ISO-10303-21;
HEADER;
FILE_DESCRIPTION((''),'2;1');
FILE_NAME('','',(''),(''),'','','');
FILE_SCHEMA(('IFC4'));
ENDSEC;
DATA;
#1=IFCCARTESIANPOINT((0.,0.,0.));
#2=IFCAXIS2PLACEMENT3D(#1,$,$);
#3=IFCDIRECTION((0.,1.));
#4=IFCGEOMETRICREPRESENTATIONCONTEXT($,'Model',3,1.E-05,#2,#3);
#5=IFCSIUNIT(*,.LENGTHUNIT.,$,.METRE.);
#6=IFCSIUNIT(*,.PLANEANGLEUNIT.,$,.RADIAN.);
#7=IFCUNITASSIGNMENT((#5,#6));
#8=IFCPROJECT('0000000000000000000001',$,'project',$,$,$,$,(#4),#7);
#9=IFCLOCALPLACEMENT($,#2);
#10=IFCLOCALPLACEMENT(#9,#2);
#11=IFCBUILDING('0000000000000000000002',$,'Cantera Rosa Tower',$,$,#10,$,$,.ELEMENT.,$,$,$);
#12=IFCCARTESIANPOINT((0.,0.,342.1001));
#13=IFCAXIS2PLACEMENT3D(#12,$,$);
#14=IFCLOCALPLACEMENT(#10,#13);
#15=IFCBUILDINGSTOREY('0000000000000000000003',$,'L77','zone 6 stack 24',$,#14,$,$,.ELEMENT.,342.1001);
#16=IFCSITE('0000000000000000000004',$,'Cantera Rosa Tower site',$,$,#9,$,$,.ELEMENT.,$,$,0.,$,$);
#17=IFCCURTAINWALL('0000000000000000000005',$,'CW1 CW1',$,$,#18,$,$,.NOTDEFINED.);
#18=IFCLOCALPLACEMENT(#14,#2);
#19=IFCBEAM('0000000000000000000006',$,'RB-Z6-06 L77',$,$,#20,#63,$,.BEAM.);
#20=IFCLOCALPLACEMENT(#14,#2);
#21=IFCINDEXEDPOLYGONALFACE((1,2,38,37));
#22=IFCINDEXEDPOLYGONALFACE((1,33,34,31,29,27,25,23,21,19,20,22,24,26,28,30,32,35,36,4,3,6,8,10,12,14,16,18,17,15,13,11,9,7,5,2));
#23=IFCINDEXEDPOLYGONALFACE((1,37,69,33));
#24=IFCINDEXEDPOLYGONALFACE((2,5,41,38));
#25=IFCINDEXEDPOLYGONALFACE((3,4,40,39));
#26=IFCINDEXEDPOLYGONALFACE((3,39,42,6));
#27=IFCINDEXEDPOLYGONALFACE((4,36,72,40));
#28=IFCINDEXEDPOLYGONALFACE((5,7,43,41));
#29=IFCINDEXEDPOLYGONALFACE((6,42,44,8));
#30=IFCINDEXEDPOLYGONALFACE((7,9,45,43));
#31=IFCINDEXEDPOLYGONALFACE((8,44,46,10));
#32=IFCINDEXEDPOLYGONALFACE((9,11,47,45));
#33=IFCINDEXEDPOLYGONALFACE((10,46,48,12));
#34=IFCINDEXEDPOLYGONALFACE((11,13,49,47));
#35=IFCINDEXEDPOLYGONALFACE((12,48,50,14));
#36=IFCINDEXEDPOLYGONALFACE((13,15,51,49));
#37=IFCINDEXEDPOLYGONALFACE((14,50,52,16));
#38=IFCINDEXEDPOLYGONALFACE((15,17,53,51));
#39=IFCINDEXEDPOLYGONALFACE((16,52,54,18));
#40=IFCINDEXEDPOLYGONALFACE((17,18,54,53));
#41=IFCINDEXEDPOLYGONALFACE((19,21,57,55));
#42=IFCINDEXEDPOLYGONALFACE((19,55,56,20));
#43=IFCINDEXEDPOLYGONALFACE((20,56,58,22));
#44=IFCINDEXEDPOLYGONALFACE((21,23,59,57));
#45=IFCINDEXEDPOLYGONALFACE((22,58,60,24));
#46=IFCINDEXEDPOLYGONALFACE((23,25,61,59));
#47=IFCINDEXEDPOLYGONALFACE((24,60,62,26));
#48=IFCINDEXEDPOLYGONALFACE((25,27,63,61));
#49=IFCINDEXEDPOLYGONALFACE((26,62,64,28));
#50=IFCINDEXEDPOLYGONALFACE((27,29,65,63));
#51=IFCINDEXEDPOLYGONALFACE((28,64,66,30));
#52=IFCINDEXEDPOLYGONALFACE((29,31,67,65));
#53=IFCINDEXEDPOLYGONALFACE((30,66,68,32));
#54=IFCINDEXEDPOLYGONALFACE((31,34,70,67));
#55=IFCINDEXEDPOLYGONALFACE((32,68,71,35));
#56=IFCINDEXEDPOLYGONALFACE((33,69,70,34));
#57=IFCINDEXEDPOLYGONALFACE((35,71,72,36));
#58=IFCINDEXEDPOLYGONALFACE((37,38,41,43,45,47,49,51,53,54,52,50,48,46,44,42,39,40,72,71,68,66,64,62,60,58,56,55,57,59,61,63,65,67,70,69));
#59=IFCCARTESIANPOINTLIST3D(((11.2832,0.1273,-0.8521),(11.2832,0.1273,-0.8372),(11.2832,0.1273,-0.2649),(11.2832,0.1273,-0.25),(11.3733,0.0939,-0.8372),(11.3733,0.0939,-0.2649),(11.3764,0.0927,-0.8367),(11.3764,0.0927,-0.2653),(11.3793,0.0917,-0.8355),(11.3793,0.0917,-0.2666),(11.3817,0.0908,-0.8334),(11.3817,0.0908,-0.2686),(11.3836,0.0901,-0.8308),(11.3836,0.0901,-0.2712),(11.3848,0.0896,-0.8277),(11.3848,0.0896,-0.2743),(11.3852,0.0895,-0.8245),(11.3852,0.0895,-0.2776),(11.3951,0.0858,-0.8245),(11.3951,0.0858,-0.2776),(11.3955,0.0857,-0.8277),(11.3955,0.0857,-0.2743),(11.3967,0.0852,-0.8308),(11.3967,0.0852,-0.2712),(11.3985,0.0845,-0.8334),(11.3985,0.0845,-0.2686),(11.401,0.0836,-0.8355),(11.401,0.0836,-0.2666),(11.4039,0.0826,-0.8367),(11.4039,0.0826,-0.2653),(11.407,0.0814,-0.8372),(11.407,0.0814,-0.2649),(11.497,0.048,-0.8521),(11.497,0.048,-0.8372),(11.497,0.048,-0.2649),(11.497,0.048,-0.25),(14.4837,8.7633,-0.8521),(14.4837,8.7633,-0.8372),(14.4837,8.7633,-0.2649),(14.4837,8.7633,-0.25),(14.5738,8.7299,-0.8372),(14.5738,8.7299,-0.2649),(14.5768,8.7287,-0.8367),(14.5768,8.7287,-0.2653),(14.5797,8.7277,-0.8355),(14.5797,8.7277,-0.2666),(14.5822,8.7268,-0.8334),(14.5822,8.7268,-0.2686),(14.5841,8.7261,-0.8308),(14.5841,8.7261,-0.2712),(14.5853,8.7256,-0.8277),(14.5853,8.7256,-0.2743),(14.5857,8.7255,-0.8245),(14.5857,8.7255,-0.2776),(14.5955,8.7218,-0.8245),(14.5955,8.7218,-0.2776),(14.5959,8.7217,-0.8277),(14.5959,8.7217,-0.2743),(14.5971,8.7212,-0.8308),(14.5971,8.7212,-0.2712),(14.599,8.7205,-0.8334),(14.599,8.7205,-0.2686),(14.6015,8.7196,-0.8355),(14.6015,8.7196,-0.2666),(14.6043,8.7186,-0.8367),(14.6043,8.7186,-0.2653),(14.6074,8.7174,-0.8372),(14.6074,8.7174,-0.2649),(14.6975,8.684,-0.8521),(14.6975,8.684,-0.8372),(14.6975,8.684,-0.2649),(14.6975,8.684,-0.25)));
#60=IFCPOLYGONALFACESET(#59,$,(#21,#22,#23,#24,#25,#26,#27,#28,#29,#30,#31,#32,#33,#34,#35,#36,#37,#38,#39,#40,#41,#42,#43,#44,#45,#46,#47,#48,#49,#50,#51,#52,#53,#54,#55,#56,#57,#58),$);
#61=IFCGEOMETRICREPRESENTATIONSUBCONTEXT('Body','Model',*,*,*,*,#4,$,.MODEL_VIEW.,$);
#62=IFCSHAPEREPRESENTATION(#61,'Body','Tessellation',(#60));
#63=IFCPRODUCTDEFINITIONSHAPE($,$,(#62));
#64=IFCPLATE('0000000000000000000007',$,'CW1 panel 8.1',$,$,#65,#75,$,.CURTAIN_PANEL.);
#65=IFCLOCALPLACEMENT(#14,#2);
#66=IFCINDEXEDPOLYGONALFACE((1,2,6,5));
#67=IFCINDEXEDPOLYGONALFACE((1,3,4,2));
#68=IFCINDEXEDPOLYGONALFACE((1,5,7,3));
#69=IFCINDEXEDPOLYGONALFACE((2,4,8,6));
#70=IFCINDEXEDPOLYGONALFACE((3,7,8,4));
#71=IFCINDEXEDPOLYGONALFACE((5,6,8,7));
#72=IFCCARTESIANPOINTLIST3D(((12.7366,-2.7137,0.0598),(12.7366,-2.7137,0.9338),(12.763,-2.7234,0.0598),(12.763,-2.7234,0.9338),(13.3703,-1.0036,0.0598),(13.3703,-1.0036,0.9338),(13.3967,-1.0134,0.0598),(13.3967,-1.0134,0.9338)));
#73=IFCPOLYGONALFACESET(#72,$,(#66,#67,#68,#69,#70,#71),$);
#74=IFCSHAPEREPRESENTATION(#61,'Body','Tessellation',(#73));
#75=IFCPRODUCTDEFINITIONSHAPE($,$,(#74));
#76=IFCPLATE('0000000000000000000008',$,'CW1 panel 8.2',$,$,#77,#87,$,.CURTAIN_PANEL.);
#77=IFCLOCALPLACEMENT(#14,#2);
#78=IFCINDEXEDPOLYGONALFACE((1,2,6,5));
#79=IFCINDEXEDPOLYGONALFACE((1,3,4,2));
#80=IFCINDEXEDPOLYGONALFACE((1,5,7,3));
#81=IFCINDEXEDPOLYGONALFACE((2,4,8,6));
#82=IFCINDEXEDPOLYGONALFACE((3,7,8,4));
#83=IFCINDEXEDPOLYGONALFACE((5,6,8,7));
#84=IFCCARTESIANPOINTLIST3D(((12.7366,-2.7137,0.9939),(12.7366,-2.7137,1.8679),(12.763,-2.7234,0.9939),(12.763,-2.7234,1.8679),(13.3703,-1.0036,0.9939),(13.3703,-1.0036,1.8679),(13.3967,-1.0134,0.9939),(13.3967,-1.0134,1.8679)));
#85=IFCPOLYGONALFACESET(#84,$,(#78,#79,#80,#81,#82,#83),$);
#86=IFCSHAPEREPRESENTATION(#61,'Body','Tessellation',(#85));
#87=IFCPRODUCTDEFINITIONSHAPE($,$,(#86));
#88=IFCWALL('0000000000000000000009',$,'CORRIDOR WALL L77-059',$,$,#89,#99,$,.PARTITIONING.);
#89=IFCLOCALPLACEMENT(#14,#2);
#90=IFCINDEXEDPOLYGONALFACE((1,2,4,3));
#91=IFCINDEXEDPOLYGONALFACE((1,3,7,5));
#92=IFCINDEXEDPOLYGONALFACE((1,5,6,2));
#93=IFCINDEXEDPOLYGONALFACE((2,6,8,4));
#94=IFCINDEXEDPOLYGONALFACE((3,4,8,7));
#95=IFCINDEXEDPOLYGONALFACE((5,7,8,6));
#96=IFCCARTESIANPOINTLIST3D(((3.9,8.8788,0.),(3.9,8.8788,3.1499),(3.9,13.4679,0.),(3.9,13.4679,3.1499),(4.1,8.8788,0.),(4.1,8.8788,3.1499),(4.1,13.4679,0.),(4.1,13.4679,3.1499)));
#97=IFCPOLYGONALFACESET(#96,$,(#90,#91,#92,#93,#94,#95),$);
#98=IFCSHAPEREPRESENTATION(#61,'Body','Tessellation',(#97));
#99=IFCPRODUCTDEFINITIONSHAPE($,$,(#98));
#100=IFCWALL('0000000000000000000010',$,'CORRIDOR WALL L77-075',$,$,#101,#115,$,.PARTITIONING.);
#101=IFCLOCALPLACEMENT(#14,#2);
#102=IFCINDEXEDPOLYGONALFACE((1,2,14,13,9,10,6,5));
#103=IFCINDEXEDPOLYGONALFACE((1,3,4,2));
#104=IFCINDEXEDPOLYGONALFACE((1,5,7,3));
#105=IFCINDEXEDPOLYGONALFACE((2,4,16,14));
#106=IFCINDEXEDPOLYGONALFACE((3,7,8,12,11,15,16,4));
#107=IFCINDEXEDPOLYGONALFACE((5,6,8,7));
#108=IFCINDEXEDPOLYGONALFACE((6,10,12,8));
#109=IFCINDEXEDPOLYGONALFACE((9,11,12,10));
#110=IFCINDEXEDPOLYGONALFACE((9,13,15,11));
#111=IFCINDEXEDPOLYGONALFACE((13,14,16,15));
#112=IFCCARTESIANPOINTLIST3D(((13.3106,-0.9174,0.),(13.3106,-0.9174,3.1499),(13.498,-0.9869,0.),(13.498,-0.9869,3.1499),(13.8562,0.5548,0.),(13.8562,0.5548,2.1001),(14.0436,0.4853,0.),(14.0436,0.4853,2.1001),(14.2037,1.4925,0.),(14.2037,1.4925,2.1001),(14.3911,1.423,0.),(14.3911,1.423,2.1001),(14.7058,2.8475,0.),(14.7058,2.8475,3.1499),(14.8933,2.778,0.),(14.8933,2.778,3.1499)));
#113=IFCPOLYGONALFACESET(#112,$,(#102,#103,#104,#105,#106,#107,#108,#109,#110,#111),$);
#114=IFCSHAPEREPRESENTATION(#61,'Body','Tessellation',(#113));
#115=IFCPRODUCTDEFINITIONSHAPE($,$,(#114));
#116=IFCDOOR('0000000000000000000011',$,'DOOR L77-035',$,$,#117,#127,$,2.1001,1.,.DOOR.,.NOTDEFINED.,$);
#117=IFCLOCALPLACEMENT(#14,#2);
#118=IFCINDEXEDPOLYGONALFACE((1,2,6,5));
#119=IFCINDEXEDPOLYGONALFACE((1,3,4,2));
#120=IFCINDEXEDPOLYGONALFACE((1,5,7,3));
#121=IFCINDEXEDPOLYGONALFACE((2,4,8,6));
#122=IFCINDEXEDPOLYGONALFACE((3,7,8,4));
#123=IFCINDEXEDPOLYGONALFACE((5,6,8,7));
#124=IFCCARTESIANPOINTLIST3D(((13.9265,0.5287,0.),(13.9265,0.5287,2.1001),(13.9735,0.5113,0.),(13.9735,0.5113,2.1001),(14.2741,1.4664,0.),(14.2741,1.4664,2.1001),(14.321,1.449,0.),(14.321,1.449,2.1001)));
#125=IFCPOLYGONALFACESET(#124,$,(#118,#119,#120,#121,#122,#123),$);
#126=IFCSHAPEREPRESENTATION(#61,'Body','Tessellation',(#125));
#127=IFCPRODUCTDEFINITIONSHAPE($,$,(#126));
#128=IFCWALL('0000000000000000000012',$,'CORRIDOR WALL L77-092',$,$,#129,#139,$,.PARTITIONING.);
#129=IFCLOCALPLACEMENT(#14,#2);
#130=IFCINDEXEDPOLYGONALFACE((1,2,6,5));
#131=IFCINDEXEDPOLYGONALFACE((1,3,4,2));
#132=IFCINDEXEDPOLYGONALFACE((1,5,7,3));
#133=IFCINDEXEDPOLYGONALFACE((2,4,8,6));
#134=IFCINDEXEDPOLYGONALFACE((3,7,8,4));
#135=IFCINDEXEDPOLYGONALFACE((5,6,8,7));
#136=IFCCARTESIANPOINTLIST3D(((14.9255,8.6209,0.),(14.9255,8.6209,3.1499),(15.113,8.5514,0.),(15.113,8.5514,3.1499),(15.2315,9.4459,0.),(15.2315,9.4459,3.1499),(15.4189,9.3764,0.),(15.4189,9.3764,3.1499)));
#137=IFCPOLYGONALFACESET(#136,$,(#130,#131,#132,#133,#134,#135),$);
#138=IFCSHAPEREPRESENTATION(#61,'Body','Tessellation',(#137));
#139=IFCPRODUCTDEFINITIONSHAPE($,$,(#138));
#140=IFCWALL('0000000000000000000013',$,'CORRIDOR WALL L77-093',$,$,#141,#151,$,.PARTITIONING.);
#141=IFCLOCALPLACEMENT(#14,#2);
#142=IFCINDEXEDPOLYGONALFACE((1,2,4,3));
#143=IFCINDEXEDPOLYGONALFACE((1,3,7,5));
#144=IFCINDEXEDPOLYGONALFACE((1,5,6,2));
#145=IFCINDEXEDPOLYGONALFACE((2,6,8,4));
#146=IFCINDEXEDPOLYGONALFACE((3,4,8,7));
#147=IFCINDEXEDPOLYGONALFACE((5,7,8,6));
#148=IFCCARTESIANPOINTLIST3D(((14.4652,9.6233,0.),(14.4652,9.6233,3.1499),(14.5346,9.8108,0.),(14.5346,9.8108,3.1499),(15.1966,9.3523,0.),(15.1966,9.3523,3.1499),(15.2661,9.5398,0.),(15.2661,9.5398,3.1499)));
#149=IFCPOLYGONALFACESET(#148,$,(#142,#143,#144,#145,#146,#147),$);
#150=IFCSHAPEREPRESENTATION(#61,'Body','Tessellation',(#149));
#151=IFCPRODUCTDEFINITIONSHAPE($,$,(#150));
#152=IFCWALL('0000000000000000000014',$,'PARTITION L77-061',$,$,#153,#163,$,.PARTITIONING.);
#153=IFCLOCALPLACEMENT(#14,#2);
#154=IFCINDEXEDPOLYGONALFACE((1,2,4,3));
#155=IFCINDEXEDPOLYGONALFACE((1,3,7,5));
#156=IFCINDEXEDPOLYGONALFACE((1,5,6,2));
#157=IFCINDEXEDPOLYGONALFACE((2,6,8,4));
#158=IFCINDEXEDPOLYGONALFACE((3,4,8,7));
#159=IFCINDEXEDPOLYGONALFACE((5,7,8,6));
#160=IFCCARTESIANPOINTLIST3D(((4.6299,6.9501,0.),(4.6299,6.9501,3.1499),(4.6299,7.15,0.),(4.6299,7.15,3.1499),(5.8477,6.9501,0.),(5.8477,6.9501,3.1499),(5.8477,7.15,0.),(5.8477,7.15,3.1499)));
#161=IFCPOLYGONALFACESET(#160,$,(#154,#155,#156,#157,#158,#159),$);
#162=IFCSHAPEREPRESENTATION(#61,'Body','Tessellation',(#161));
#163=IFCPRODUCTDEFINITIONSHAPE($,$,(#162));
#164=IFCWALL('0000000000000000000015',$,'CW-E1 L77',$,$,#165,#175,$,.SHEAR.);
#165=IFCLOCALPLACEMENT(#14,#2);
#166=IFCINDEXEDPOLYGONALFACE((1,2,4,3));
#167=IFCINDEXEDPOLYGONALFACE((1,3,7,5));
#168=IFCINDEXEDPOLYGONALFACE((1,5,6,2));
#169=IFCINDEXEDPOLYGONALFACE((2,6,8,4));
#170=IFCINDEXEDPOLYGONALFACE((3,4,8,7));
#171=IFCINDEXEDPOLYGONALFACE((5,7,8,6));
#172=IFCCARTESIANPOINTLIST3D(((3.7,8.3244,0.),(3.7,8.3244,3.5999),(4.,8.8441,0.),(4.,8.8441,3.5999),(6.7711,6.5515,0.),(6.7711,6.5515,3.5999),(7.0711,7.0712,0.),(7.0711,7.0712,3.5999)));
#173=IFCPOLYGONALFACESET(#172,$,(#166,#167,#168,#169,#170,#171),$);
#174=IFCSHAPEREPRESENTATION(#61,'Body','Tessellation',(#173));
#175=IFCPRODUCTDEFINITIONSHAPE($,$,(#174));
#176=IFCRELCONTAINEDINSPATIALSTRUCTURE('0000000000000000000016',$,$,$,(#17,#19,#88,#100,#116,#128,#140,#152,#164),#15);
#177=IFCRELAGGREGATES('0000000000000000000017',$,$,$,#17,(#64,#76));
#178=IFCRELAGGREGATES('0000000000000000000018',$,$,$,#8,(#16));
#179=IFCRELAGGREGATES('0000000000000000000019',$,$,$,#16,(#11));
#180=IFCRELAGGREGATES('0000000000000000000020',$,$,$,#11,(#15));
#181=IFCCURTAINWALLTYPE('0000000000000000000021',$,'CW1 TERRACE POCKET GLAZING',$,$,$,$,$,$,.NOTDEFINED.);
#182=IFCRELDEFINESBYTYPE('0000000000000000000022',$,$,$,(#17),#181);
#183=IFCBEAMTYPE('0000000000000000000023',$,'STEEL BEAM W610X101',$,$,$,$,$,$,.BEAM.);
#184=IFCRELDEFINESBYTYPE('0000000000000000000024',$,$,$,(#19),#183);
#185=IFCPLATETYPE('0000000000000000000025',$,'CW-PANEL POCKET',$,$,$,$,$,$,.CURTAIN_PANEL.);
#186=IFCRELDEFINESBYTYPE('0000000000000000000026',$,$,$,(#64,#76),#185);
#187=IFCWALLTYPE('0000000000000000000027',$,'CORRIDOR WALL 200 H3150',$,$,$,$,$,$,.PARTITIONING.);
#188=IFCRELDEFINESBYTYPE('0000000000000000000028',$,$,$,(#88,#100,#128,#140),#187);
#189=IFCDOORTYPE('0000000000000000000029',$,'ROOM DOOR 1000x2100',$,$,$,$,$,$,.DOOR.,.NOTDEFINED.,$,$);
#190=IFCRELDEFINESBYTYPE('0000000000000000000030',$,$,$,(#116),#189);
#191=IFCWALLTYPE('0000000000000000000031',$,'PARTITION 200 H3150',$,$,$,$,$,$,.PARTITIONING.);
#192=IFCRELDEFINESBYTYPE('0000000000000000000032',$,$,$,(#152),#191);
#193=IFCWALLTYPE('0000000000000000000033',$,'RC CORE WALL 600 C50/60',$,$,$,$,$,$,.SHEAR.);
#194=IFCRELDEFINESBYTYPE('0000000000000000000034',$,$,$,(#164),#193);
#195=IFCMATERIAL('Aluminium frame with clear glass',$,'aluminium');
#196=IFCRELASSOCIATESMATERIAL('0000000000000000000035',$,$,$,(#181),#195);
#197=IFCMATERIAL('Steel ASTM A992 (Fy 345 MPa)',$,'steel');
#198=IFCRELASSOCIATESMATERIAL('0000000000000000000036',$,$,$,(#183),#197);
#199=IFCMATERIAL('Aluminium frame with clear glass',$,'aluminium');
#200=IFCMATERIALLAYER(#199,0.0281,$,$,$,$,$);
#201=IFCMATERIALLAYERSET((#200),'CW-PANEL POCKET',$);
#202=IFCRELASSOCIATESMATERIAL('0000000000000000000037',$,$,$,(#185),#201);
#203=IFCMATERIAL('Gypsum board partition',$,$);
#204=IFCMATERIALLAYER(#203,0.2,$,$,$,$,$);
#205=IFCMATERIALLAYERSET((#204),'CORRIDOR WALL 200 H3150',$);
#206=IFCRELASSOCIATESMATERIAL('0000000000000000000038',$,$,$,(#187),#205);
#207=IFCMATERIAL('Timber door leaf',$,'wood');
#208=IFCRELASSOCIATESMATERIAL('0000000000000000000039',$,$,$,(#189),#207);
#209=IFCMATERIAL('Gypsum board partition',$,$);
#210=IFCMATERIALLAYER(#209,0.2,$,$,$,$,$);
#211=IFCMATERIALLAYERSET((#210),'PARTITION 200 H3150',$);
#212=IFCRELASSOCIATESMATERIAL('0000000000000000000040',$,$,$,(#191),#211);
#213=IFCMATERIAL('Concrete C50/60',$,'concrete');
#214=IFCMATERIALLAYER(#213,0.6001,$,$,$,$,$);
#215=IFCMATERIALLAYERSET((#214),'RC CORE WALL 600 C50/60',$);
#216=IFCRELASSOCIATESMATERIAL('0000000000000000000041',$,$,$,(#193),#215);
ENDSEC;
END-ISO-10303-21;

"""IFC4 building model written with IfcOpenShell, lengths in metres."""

from ifc_helpers import new_model, si_unit, direction, frame, frame_2d, origin, origin_2d, place, context, subcontext, project, spatial, rectangle, i_section, extrude, material, layer, layer_set, material_profile, profile_set, type_object, element, fill, aggregate, save


model = new_model("IFC4")

# Units and contexts
model_context = context("Model", 3, precision=1e-05, world=origin(), true_north=direction((0.0, 1.0)))
body_context = subcontext(model_context, "Body", "Model", "MODEL_VIEW")
ifc_project = project(units=[si_unit("LENGTHUNIT", "METRE"), si_unit("PLANEANGLEUNIT", "RADIAN")], contexts=[model_context])

# Site, building, storey
site_placement = place(None, origin())
site = spatial("IfcSite", under=ifc_project, at=site_placement, Name="Cantera Rosa Tower site", CompositionType="ELEMENT", RefElevation=0.0)
building_placement = place(site_placement, origin())
building = spatial("IfcBuilding", under=site, at=building_placement, Name="Cantera Rosa Tower", CompositionType="ELEMENT")
storey_placement = place(building_placement, frame((0.0, 0.0, 342.1001)))
storey = spatial("IfcBuildingStorey", under=building, at=storey_placement, Name="L77", Description="zone 6 stack 24", CompositionType="ELEMENT", Elevation=342.1001)

# Curtain wall
ifc_material_1 = material(Name="Aluminium frame with clear glass", Category="aluminium")
curtain_wall_type = type_object("IfcCurtainWallType", Name="CW1 TERRACE POCKET GLAZING", PredefinedType="NOTDEFINED", material=ifc_material_1)
curtain_wall_placement = place(storey_placement, origin())
curtain_wall = element("IfcCurtainWall", 1, at=curtain_wall_placement, inside=storey, type_object=curtain_wall_type, Name="CW1 CW1", PredefinedType="NOTDEFINED")

# Beam
ifc_material_2 = material(Name="Steel ASTM A992 (Fy 345 MPa)", Category="steel")
ifc_material_profile_1 = material_profile(ifc_material_2, i_section(OverallWidth=0.228, OverallDepth=0.6021, WebThickness=0.0105, FlangeThickness=0.0149, FilletRadius=0.0127, at=origin_2d()), Name="W610X101")
ifc_profile_set_1 = profile_set([ifc_material_profile_1], Name="Steel ASTM A992 (Fy 345 MPa)")
beam_type_1 = type_object("IfcBeamType", Name="STEEL BEAM W610X101", PredefinedType="BEAM", material=ifc_profile_set_1)
beam_1_placement = place(storey_placement, frame((11.3901, 0.0876, -0.551), z_axis=(0.347498, 0.937681, 0.0), x_axis=(-0.937681, 0.347498, 0.0)))
element("IfcBeam", 2, at=beam_1_placement, inside=storey, type_object=beam_type_1, Name="RB-Z6-06 L77", PredefinedType="BEAM", context=body_context, shape_type="SweptSolid", body=[
    extrude(i_section(OverallWidth=0.228, OverallDepth=0.6021, WebThickness=0.0105, FlangeThickness=0.0149, FilletRadius=0.0127, at=origin_2d()), origin(), (0.0, 0.0, 1.0), 9.21),
])

# Plates
ifc_material_3 = material(Name="Aluminium frame with clear glass", Category="aluminium")
ifc_layer_1 = layer(ifc_material_3, 0.0281)
ifc_layer_set_1 = layer_set([ifc_layer_1], Name="CW-PANEL POCKET")
plate_type = type_object("IfcPlateType", Name="CW-PANEL POCKET", PredefinedType="CURTAIN_PANEL", material=ifc_layer_set_1)
plate_1_placement = place(storey_placement, frame((13.0667, -1.8635, 0.0598), z_axis=(0.0, 0.0, 1.0), x_axis=(0.347481, 0.937687, 0.0)))
plate_1 = element("IfcPlate", 3, at=plate_1_placement, type_object=plate_type, Name="CW1 panel 8.1", PredefinedType="CURTAIN_PANEL", context=body_context, shape_type="SweptSolid", body=[
    extrude(rectangle(XDim=1.8237, YDim=0.0281, at=origin_2d()), origin(), (0.0, 0.0, 1.0), 0.874),
])
plate_2_placement = place(storey_placement, frame((13.0667, -1.8635, 0.9939), z_axis=(0.0, 0.0, 1.0), x_axis=(0.347481, 0.937687, 0.0)))
plate_2 = element("IfcPlate", 4, at=plate_2_placement, type_object=plate_type, Name="CW1 panel 8.2", PredefinedType="CURTAIN_PANEL", context=body_context, shape_type="SweptSolid", body=[
    extrude(rectangle(XDim=1.8237, YDim=0.0281, at=origin_2d()), origin(), (0.0, 0.0, 1.0), 0.874),
])
aggregate(curtain_wall, [plate_1, plate_2])

# Wall
ifc_material_4 = material(Name="Gypsum board partition")
ifc_layer_2 = layer(ifc_material_4, 0.2)
ifc_layer_set_2 = layer_set([ifc_layer_2], Name="CORRIDOR WALL 200 H3150")
wall_type_1 = type_object("IfcWallType", Name="CORRIDOR WALL 200 H3150", PredefinedType="PARTITIONING", material=ifc_layer_set_2)
wall_1_placement = place(storey_placement, frame((4.0, 8.8789, 0.0), z_axis=(0.0, 0.0, 1.0), x_axis=(0.0, 1.0, 0.0)))
element("IfcWall", 5, at=wall_1_placement, inside=storey, type_object=wall_type_1, Name="CORRIDOR WALL L77-059", PredefinedType="PARTITIONING", context=body_context, shape_type="SweptSolid", body=[
    extrude(rectangle(XDim=4.5891, YDim=0.2, at=frame_2d((2.2944, 0.0))), origin(), (0.0, 0.0, 1.0), 3.1499),
])

# Wall, opening, door
wall_2_placement = place(storey_placement, frame((13.4043, -0.9521, 0.0), z_axis=(0.0, 0.0, 1.0), x_axis=(0.347502, 0.937679, 0.0)))
wall_2 = element("IfcWall", 6, at=wall_2_placement, inside=storey, type_object=wall_type_1, Name="CORRIDOR WALL L77-075", PredefinedType="PARTITIONING", context=body_context, shape_type="SweptSolid", body=[
    extrude(rectangle(XDim=4.0151, YDim=0.2, at=frame_2d((2.0076, 0.0))), origin(), (0.0, 0.0, 1.0), 3.1499),
])
opening_placement = place(wall_2_placement, frame((1.5701, 0.0, 0.0)))
opening = element("IfcOpeningElement", 7, at=opening_placement, cuts=wall_2, PredefinedType="OPENING", context=body_context, shape_type="SweptSolid", body=[
    extrude(rectangle(XDim=1.0, YDim=2.1001, at=frame_2d((0.5, 1.05))), frame((0.0, 0.1099, 0.0), z_axis=(0.0, -1.0, 0.0), x_axis=(1.0, 0.0, 0.0)), (0.0, 0.0, 1.0), 0.22),
])
ifc_material_5 = material(Name="Timber door leaf", Category="wood")
door_type = type_object("IfcDoorType", Name="ROOM DOOR 1000x2100", OperationType="NOTDEFINED", PredefinedType="DOOR", material=ifc_material_5)
door_placement = place(opening_placement, origin())
door = element("IfcDoor", 8, at=door_placement, inside=storey, type_object=door_type, Name="DOOR L77-035", OperationType="NOTDEFINED", OverallHeight=2.1001, OverallWidth=1.0, PredefinedType="DOOR", context=body_context, shape_type="SweptSolid", body=[
    extrude(rectangle(XDim=1.0, YDim=2.1001, at=frame_2d((0.5, 1.05))), frame((0.0, 0.0249, 0.0), z_axis=(0.0, -1.0, 0.0), x_axis=(1.0, 0.0, 0.0)), (0.0, 0.0, 1.0), 0.05),
])
fill(opening, door)

# Walls
wall_3_placement = place(storey_placement, frame((15.0193, 8.5862, 0.0), z_axis=(0.0, 0.0, 1.0), x_axis=(0.347685, 0.937611, 0.0)))
element("IfcWall", 9, at=wall_3_placement, inside=storey, type_object=wall_type_1, Name="CORRIDOR WALL L77-092", PredefinedType="PARTITIONING", context=body_context, shape_type="SweptSolid", body=[
    extrude(rectangle(XDim=0.8799, YDim=0.2, at=frame_2d((0.4399, 0.0))), origin(), (0.0, 0.0, 1.0), 3.1499),
])
wall_4_placement = place(storey_placement, frame((15.2314, 9.446, 0.0), z_axis=(0.0, 0.0, 1.0), x_axis=(-0.937711, 0.347416, 0.0)))
element("IfcWall", 10, at=wall_4_placement, inside=storey, type_object=wall_type_1, Name="CORRIDOR WALL L77-093", PredefinedType="PARTITIONING", context=body_context, shape_type="SweptSolid", body=[
    extrude(rectangle(XDim=0.78, YDim=0.2, at=frame_2d((0.3901, 0.0))), origin(), (0.0, 0.0, 1.0), 3.1499),
])
ifc_material_6 = material(Name="Gypsum board partition")
ifc_layer_3 = layer(ifc_material_6, 0.2)
ifc_layer_set_3 = layer_set([ifc_layer_3], Name="PARTITION 200 H3150")
wall_type_2 = type_object("IfcWallType", Name="PARTITION 200 H3150", PredefinedType="PARTITIONING", material=ifc_layer_set_3)
wall_5_placement = place(storey_placement, frame((4.6299, 7.05, 0.0), z_axis=(0.0, 0.0, 1.0), x_axis=(1.0, 0.0, 0.0)))
element("IfcWall", 11, at=wall_5_placement, inside=storey, type_object=wall_type_2, Name="PARTITION L77-061", PredefinedType="PARTITIONING", context=body_context, shape_type="SweptSolid", body=[
    extrude(rectangle(XDim=1.2178, YDim=0.2, at=frame_2d((0.6089, 0.0))), origin(), (0.0, 0.0, 1.0), 3.1499),
])
ifc_material_7 = material(Name="Concrete C50/60", Category="concrete")
ifc_layer_4 = layer(ifc_material_7, 0.6001)
ifc_layer_set_4 = layer_set([ifc_layer_4], Name="RC CORE WALL 600 C50/60")
wall_type_3 = type_object("IfcWallType", Name="RC CORE WALL 600 C50/60", PredefinedType="SHEAR", material=ifc_layer_set_4)
wall_6_placement = place(storey_placement, frame((3.8501, 8.5842, 0.0), z_axis=(0.0, 0.0, 1.0), x_axis=(0.86604, -0.499975, 0.0)))
element("IfcWall", 12, at=wall_6_placement, inside=storey, type_object=wall_type_3, Name="CW-E1 L77", PredefinedType="SHEAR", context=body_context, shape_type="SweptSolid", body=[
    extrude(rectangle(XDim=3.5461, YDim=0.6001, at=frame_2d((1.7729, 0.0))), origin(), (0.0, 0.0, 1.0), 3.5999),
])

save(model, "model.ifc")
